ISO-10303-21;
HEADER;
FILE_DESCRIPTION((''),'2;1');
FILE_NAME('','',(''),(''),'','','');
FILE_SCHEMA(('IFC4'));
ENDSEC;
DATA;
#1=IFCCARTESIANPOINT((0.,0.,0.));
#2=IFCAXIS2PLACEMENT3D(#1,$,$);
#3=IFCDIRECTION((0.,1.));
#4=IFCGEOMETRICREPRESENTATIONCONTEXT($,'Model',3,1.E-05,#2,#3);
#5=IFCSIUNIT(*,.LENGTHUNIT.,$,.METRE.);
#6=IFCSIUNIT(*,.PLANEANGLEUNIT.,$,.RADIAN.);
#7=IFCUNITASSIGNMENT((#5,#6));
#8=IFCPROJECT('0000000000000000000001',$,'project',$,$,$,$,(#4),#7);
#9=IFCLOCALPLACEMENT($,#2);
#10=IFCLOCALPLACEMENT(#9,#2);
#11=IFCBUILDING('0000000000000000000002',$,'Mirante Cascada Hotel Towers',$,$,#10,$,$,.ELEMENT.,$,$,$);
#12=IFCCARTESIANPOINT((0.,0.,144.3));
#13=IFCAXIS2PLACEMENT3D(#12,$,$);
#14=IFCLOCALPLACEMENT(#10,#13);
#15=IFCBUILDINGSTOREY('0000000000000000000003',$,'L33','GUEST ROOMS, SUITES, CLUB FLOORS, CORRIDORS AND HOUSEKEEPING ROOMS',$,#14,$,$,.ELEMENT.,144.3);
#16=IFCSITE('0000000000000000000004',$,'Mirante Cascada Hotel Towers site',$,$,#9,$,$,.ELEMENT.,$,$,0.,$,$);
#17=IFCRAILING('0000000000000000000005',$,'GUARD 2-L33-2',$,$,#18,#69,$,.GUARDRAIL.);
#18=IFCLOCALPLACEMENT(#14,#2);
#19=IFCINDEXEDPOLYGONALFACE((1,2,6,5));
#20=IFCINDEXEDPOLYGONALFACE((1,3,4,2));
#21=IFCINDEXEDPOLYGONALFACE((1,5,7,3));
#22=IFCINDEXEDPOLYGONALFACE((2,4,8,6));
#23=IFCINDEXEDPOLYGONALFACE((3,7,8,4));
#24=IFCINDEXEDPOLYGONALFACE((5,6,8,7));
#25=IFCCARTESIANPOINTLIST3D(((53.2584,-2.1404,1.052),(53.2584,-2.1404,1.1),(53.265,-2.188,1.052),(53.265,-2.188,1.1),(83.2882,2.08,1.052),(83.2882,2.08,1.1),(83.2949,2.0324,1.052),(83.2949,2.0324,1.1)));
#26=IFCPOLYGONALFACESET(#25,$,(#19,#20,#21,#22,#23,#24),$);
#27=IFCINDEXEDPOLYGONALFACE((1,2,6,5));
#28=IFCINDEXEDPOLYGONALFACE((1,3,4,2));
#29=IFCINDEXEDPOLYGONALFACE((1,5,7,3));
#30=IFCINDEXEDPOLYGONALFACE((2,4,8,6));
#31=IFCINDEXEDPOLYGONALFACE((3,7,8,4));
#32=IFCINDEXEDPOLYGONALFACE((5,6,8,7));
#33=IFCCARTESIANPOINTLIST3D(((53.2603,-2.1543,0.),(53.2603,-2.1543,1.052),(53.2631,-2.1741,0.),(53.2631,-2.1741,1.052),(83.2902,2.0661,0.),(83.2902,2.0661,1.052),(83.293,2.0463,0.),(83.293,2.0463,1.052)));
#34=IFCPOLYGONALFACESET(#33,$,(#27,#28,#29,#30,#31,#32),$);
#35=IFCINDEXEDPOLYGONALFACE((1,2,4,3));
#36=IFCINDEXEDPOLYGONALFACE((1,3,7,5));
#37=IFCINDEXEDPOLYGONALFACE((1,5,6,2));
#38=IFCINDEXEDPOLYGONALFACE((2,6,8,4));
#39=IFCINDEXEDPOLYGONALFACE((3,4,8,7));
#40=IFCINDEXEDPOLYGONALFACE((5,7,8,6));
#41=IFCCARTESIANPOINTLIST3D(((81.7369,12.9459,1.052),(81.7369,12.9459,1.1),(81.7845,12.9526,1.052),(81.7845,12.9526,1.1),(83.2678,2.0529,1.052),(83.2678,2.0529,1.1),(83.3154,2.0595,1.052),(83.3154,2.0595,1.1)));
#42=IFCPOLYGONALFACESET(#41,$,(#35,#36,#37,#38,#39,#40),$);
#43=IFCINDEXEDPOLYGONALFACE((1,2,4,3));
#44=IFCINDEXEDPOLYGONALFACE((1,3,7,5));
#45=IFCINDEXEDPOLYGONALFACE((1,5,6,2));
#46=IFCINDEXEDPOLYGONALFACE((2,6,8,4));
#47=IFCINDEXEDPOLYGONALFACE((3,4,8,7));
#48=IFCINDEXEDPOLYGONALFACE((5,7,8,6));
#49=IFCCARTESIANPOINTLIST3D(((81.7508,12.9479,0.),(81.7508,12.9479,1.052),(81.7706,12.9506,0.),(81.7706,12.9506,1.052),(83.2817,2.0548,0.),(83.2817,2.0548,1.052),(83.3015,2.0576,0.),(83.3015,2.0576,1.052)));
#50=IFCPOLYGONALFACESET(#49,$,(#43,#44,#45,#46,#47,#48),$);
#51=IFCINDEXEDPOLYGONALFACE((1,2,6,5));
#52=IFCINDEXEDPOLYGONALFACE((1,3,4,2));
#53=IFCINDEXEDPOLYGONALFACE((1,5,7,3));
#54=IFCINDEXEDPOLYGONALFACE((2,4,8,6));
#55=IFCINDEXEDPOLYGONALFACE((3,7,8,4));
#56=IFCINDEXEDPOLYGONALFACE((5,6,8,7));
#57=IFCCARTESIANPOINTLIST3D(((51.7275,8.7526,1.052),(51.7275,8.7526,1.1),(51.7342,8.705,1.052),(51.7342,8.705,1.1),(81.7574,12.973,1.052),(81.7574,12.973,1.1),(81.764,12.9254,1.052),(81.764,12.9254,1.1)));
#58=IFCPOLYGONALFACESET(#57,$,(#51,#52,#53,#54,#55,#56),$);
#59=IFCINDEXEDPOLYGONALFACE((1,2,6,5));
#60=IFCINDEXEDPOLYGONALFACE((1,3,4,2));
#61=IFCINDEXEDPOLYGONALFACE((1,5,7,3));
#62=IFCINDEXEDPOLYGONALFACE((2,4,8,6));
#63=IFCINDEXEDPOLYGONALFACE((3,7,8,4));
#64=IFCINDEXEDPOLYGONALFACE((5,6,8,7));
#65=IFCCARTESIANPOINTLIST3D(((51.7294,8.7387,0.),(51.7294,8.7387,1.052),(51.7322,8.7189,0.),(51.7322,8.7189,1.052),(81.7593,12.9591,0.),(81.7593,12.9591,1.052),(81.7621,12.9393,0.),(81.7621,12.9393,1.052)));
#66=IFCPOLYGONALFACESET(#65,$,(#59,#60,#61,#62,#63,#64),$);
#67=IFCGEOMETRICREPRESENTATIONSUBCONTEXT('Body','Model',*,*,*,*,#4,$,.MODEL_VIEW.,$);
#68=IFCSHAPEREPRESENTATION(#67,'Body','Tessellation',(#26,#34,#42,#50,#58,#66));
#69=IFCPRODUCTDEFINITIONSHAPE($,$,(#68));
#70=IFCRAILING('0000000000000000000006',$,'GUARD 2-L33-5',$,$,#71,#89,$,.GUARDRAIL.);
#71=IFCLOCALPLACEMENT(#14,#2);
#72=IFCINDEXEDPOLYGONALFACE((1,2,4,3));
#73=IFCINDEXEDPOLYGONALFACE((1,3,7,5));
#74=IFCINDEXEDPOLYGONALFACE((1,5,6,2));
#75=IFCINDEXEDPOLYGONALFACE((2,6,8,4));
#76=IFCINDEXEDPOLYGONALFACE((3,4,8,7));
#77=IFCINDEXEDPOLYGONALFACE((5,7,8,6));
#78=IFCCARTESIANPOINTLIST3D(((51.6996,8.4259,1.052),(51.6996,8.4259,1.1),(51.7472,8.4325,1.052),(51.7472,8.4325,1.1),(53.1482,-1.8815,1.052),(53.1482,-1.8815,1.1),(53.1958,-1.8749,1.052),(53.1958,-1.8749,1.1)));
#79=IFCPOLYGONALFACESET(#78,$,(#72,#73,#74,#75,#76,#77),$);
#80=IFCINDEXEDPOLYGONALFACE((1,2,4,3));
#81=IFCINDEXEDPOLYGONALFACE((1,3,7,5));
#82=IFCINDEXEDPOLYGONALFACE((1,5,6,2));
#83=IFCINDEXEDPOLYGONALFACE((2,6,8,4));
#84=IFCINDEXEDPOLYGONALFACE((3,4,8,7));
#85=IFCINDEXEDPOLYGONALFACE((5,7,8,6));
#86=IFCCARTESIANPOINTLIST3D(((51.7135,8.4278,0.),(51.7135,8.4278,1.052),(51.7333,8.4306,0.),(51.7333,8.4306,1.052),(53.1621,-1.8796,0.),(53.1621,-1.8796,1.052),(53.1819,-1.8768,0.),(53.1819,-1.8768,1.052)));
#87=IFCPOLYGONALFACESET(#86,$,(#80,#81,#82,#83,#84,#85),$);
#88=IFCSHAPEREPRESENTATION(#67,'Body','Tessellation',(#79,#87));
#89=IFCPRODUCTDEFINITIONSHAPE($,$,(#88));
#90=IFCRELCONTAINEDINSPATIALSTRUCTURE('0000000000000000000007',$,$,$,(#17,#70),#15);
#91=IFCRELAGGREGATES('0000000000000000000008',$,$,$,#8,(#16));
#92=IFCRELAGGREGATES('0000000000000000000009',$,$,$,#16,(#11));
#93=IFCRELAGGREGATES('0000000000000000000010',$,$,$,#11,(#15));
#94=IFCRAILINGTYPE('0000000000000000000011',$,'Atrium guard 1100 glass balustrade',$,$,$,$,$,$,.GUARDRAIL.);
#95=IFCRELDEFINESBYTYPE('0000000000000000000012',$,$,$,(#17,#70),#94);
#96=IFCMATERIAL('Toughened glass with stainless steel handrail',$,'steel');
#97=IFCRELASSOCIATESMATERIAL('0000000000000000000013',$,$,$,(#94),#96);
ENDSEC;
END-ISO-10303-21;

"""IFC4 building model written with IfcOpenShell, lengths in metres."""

from ifc_helpers import new_model, si_unit, direction, frame, origin, origin_2d, place, context, subcontext, project, spatial, rectangle, extrude, material, type_object, element, save


model = new_model("IFC4")

# Units and contexts
model_context = context("Model", 3, precision=1e-05, world=origin(), true_north=direction((0.0, 1.0)))
body_context = subcontext(model_context, "Body", "Model", "MODEL_VIEW")
ifc_project = project(units=[si_unit("LENGTHUNIT", "METRE"), si_unit("PLANEANGLEUNIT", "RADIAN")], contexts=[model_context])

# Site, building, storey
site_placement = place(None, origin())
site = spatial("IfcSite", under=ifc_project, at=site_placement, Name="Mirante Cascada Hotel Towers site", CompositionType="ELEMENT", RefElevation=0.0)
building_placement = place(site_placement, origin())
building = spatial("IfcBuilding", under=site, at=building_placement, Name="Mirante Cascada Hotel Towers", CompositionType="ELEMENT")
storey_placement = place(building_placement, frame((0.0, 0.0, 144.3)))
storey = spatial("IfcBuildingStorey", under=building, at=storey_placement, Name="L33", Description="GUEST ROOMS, SUITES, CLUB FLOORS, CORRIDORS AND HOUSEKEEPING ROOMS", CompositionType="ELEMENT", Elevation=144.3)

# Railings
ifc_material_1 = material(Name="Toughened glass with stainless steel handrail", Category="steel")
railing_type = type_object("IfcRailingType", Name="Atrium guard 1100 glass balustrade", PredefinedType="GUARDRAIL", material=ifc_material_1)
railing_1_placement = place(storey_placement, frame((53.2617, -2.1642, 0.0)))
element("IfcRailing", 1, at=railing_1_placement, inside=storey, type_object=railing_type, Name="GUARD 2-L33-2", PredefinedType="GUARDRAIL", context=body_context, shape_type="SweptSolid", body=[
    extrude(rectangle(XDim=0.048, YDim=0.048, at=origin_2d()), frame((0.0, 0.0, 1.076), z_axis=(0.990268, 0.139172, 0.0), x_axis=(-0.139172, 0.990268, 0.0)), (0.0, 0.0, 1.0), 30.325),
    extrude(rectangle(XDim=0.02, YDim=1.052, at=origin_2d()), frame((0.0, 0.0, 0.526), z_axis=(0.990268, 0.139172, 0.0), x_axis=(-0.139172, 0.990268, 0.0)), (0.0, 0.0, 1.0), 30.325),
    extrude(rectangle(XDim=0.048, YDim=0.048, at=origin_2d()), frame((30.0299, 4.2204, 1.076), z_axis=(-0.139172, 0.990268, 0.0), x_axis=(-0.990268, -0.139172, 0.0)), (0.0, 0.0, 1.0), 11.0001),
    extrude(rectangle(XDim=0.02, YDim=1.052, at=origin_2d()), frame((30.0299, 4.2204, 0.526), z_axis=(-0.139172, 0.990268, 0.0), x_axis=(-0.990268, -0.139172, 0.0)), (0.0, 0.0, 1.0), 11.0001),
    extrude(rectangle(XDim=0.048, YDim=0.048, at=origin_2d()), frame((28.499, 15.1134, 1.076), z_axis=(-0.990268, -0.139172, 0.0), x_axis=(0.139172, -0.990268, 0.0)), (0.0, 0.0, 1.0), 30.325),
    extrude(rectangle(XDim=0.02, YDim=1.052, at=origin_2d()), frame((28.499, 15.1134, 0.526), z_axis=(-0.990268, -0.139172, 0.0), x_axis=(0.139172, -0.990268, 0.0)), (0.0, 0.0, 1.0), 30.325),
])
railing_2_placement = place(storey_placement, frame((51.7234, 8.4292, 0.0)))
element("IfcRailing", 2, at=railing_2_placement, inside=storey, type_object=railing_type, Name="GUARD 2-L33-5", PredefinedType="GUARDRAIL", context=body_context, shape_type="SweptSolid", body=[
    extrude(rectangle(XDim=0.048, YDim=0.048, at=origin_2d()), frame((0.0, 0.0, 1.076), z_axis=(0.139172, -0.990268, 0.0), x_axis=(0.990268, 0.139172, 0.0)), (0.0, 0.0, 1.0), 10.4087),
    extrude(rectangle(XDim=0.02, YDim=1.052, at=origin_2d()), frame((0.0, 0.0, 0.526), z_axis=(0.139172, -0.990268, 0.0), x_axis=(0.990268, 0.139172, 0.0)), (0.0, 0.0, 1.0), 10.4087),
])

save(model, "model.ifc")
